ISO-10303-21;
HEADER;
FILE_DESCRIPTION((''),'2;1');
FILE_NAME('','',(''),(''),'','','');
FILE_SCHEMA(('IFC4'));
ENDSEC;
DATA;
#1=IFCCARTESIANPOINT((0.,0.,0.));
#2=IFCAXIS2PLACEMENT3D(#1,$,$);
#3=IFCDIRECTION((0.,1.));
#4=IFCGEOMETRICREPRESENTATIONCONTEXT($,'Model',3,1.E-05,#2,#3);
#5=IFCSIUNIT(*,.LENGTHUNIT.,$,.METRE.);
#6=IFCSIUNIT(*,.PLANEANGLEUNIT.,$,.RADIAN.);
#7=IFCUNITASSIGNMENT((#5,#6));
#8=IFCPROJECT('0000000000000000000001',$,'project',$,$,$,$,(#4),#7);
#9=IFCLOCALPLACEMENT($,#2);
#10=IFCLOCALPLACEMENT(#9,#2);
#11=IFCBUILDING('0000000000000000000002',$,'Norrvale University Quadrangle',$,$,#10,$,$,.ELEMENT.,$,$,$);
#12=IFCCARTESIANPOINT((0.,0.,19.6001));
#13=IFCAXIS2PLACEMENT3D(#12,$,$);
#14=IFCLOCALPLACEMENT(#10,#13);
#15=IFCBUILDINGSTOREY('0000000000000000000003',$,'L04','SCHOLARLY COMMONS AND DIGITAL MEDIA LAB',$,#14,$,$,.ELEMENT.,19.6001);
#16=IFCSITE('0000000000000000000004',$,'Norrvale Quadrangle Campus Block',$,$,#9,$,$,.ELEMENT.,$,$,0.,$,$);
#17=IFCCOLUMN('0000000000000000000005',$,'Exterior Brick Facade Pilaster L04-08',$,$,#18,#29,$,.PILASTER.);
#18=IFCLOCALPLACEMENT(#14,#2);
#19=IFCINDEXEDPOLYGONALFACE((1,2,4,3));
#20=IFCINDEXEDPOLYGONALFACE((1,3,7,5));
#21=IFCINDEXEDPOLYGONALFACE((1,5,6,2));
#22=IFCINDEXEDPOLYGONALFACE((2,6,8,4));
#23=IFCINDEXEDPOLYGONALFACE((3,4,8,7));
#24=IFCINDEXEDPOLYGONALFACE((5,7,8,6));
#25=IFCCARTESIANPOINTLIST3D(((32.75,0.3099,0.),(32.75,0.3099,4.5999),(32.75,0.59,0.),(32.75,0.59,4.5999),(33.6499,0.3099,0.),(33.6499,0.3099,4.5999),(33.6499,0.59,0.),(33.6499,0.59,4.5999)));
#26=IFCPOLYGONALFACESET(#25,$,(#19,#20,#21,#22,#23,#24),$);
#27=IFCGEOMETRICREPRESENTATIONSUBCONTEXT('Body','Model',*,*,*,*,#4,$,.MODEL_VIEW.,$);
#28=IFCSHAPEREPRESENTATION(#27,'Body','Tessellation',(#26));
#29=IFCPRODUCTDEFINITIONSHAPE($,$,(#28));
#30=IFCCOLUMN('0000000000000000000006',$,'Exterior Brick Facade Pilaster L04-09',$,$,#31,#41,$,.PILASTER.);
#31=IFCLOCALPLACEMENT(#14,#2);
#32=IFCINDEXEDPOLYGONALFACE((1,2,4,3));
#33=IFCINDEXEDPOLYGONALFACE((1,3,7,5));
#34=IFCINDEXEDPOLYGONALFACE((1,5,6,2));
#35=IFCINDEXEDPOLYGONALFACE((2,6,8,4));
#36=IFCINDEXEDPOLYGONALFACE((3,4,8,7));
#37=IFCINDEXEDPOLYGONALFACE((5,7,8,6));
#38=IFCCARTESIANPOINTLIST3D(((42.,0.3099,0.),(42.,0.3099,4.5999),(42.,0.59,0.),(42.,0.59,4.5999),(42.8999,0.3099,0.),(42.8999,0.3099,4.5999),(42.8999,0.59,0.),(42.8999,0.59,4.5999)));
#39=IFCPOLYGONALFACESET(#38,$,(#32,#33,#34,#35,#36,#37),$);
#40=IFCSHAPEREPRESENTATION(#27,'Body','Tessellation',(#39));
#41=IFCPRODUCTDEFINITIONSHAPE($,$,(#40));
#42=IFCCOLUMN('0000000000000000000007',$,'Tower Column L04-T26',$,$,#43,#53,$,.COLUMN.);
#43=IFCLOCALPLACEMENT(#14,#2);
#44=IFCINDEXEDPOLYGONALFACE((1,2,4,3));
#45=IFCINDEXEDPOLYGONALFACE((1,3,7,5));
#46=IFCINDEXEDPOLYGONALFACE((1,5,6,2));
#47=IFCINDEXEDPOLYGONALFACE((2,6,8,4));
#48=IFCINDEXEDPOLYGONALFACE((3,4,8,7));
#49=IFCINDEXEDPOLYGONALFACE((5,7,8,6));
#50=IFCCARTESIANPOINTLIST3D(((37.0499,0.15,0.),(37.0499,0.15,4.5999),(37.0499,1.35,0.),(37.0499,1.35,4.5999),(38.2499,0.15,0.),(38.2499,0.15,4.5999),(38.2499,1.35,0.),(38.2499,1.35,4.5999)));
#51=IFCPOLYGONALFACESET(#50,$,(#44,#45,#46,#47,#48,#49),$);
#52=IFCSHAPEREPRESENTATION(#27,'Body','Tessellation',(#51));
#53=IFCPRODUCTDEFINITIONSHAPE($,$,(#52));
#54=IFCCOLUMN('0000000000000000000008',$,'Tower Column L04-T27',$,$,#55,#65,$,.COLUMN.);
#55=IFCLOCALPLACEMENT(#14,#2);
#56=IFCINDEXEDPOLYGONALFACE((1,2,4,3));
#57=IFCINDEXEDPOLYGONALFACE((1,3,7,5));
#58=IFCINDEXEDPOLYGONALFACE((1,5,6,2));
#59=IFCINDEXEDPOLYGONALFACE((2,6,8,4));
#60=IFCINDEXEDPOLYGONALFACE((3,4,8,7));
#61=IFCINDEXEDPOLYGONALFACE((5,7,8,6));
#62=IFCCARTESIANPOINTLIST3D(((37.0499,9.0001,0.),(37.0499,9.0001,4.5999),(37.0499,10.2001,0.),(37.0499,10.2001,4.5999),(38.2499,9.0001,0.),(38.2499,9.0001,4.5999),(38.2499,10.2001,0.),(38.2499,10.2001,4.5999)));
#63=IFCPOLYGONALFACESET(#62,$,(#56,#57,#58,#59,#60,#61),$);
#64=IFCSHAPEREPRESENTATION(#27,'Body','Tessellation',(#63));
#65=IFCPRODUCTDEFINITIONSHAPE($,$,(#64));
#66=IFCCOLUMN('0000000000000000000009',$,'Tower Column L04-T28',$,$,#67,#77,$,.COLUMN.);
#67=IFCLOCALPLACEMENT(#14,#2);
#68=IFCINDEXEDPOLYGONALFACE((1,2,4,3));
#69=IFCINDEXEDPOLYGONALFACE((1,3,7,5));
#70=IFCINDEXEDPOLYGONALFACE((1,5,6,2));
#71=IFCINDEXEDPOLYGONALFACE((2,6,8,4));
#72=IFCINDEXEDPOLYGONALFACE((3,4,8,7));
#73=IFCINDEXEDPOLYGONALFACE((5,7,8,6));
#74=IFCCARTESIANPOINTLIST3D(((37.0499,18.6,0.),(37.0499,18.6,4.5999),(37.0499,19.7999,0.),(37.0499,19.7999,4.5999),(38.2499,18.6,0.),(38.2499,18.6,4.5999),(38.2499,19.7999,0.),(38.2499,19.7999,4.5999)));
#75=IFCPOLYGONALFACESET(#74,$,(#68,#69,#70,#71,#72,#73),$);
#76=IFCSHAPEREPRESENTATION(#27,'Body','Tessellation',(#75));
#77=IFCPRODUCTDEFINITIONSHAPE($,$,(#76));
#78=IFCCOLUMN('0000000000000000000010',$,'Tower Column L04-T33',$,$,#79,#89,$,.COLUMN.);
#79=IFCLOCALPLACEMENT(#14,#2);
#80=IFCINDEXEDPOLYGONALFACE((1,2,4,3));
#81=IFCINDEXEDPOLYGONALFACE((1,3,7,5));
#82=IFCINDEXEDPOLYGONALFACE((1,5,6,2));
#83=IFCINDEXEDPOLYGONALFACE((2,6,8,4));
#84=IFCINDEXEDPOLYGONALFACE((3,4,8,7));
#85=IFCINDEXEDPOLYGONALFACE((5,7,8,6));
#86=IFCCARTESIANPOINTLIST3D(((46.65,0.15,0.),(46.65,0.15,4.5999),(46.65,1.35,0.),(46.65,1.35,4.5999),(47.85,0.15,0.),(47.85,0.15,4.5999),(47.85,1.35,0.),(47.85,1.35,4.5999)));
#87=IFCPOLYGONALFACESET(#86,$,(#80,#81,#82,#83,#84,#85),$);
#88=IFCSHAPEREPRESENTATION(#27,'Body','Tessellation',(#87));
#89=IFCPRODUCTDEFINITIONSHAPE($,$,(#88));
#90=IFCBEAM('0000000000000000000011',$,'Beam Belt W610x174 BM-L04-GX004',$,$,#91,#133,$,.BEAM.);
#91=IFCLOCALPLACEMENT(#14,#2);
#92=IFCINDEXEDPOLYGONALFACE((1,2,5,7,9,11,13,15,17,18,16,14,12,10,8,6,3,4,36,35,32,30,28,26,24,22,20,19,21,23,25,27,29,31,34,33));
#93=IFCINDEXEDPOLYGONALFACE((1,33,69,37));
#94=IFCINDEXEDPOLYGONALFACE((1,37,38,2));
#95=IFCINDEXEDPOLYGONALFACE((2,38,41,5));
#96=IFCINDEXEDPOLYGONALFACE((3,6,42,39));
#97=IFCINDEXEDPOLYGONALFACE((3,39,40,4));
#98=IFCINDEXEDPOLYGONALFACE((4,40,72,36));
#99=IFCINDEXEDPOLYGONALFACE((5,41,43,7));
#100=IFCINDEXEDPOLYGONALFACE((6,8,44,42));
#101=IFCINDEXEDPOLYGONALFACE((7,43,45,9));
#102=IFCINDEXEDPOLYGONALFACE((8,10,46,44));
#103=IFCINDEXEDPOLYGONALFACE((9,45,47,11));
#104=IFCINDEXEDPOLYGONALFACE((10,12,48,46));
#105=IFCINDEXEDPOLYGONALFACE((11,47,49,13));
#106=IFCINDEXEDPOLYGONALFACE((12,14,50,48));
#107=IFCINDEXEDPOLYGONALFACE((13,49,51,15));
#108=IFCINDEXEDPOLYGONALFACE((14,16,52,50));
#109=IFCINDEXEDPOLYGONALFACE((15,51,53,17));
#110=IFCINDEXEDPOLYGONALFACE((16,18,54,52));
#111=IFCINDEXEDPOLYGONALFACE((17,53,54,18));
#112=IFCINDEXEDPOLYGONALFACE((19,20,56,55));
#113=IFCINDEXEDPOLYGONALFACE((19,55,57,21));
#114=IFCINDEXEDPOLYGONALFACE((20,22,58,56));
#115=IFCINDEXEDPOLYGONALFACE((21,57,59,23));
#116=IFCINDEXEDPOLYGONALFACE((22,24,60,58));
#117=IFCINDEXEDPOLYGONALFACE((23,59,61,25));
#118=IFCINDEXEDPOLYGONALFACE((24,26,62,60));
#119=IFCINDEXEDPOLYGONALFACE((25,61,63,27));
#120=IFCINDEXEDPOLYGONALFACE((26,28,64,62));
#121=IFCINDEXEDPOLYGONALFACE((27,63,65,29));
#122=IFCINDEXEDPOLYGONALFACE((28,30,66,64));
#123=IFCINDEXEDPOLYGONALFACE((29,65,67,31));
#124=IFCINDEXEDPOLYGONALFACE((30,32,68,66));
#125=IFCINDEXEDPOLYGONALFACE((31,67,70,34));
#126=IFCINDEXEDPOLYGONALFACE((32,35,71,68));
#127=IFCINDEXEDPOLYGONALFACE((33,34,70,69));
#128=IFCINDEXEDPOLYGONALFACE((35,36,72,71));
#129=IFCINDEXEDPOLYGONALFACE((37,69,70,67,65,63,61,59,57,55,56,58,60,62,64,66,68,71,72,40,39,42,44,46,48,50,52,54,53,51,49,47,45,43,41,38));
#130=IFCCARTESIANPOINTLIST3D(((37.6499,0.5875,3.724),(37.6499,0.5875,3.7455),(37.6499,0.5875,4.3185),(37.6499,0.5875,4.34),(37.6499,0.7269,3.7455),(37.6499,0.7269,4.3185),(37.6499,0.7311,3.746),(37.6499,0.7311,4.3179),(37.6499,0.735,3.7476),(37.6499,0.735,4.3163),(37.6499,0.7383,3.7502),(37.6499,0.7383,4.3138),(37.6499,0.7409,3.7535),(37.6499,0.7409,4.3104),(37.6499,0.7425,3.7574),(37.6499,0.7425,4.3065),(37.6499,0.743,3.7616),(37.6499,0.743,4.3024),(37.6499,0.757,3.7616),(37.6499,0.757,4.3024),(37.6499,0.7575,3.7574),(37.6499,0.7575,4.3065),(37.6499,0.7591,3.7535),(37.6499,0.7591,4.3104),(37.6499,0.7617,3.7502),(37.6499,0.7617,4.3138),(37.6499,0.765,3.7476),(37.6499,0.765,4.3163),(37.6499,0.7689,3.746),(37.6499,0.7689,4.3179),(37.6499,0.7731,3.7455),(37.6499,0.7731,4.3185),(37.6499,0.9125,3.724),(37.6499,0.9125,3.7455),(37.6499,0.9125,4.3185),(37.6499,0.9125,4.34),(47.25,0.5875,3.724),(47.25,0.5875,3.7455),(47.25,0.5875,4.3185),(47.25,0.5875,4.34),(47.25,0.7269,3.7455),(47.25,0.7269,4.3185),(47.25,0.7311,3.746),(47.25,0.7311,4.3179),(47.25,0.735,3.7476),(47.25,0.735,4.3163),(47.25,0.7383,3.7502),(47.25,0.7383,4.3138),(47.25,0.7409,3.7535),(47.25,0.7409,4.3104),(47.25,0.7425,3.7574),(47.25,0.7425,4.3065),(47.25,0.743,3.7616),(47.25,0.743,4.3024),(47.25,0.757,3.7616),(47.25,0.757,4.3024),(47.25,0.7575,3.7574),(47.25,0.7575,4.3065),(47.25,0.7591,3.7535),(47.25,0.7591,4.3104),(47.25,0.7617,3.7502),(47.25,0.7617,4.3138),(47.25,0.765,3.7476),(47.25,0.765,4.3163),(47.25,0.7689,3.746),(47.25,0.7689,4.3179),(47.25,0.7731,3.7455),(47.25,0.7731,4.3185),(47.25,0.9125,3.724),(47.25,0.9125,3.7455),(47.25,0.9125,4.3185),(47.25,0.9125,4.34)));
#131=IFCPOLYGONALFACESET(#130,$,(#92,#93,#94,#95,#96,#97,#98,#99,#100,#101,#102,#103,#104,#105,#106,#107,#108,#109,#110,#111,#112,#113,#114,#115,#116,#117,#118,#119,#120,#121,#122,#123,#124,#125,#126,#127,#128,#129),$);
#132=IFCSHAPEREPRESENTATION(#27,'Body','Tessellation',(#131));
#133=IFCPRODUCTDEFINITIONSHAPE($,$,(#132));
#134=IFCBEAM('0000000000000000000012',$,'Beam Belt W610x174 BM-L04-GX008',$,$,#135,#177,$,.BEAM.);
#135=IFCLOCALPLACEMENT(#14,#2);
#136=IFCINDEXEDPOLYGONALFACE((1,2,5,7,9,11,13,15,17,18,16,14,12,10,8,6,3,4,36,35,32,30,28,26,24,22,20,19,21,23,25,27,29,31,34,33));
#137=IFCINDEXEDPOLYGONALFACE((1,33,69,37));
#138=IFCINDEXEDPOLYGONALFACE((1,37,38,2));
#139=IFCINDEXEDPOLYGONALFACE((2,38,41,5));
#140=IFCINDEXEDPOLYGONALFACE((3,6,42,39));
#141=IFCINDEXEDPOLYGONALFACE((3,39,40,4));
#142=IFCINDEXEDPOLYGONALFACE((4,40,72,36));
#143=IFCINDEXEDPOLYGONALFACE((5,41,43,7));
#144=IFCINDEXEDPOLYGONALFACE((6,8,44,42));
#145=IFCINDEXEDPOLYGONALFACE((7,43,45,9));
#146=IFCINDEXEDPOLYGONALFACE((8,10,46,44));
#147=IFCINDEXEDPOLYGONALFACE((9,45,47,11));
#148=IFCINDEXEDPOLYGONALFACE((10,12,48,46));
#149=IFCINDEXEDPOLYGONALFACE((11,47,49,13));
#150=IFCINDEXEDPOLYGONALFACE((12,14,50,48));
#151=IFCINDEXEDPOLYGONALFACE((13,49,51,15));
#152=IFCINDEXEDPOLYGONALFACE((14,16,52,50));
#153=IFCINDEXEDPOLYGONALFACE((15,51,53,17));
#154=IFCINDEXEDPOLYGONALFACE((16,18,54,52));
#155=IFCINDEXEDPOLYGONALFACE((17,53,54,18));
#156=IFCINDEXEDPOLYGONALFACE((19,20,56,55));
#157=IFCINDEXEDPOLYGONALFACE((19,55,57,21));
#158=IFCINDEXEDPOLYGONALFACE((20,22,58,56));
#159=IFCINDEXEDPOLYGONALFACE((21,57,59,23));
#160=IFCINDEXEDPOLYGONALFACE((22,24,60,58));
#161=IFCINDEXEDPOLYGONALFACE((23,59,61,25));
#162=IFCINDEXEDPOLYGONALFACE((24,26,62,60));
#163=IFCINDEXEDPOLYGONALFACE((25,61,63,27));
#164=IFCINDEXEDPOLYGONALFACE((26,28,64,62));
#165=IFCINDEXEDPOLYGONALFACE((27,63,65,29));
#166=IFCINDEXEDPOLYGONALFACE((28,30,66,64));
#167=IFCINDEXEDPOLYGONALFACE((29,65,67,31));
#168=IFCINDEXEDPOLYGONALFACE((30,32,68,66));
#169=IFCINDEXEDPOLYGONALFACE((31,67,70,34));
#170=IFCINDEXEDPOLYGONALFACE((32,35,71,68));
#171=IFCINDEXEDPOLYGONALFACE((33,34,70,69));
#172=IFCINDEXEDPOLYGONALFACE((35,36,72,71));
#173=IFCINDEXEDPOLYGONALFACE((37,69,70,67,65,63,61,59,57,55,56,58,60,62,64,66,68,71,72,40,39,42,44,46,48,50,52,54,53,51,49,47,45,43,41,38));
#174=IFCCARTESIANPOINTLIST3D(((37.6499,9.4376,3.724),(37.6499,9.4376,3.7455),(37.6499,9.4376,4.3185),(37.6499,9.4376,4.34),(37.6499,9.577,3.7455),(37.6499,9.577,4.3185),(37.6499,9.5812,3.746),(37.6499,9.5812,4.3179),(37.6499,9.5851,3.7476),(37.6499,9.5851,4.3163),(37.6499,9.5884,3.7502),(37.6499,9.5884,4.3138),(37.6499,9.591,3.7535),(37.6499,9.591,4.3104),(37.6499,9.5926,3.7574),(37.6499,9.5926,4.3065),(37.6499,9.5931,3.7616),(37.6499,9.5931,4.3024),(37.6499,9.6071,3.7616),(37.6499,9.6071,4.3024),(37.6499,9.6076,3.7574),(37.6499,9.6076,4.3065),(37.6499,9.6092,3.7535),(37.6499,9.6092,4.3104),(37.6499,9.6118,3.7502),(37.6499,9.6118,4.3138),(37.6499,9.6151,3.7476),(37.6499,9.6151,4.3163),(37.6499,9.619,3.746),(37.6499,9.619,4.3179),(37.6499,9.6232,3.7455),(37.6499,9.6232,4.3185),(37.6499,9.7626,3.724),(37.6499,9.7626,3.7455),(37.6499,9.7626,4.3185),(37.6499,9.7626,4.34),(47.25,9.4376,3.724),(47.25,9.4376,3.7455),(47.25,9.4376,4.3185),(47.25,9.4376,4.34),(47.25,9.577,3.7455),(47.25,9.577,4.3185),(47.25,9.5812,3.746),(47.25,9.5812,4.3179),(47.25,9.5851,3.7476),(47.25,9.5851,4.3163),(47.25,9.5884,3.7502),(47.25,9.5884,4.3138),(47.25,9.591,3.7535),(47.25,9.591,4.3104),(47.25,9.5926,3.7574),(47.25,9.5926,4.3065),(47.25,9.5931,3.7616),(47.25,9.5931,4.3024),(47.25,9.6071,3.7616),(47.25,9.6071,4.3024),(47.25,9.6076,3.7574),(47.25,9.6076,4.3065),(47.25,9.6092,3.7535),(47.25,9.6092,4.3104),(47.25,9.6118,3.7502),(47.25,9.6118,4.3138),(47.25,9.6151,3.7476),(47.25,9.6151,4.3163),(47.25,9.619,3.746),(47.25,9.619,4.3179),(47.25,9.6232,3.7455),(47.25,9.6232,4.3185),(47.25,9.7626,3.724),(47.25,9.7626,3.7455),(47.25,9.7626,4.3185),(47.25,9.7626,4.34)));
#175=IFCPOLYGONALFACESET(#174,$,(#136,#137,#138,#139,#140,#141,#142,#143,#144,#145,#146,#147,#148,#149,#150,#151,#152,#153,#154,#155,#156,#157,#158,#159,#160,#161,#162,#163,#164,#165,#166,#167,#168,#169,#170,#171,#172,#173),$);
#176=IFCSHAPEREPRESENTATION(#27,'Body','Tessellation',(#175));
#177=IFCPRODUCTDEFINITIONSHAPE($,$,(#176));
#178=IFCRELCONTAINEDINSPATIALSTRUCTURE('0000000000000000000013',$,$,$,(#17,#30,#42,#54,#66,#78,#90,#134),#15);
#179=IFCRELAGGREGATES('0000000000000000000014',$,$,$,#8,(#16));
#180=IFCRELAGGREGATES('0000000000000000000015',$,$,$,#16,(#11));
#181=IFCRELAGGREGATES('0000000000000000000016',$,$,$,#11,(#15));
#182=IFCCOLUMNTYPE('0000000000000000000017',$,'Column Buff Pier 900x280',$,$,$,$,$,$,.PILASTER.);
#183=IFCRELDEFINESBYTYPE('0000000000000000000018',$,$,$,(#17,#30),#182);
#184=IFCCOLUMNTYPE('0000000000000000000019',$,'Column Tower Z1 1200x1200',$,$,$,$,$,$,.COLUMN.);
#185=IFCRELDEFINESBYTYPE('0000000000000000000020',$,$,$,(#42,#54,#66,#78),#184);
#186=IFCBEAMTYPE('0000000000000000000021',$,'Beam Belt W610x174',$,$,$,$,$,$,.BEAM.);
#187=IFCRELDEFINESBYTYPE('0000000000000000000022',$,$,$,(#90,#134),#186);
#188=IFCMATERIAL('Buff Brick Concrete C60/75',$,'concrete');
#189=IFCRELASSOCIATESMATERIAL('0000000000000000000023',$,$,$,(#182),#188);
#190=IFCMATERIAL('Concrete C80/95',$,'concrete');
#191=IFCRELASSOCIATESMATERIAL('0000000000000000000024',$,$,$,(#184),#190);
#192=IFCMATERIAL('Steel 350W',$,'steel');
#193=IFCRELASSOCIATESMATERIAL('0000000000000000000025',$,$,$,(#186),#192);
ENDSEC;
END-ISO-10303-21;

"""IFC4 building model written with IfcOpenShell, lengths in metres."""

from ifc_helpers import new_model, si_unit, direction, frame, origin, origin_2d, place, context, subcontext, project, spatial, rectangle, i_section, extrude, material, material_profile, profile_set, type_object, element, save


model = new_model("IFC4")

# Units and contexts
model_context = context("Model", 3, precision=1e-05, world=origin(), true_north=direction((0.0, 1.0)))
body_context = subcontext(model_context, "Body", "Model", "MODEL_VIEW")
ifc_project = project(units=[si_unit("LENGTHUNIT", "METRE"), si_unit("PLANEANGLEUNIT", "RADIAN")], contexts=[model_context])

# Site, building, storey
site_placement = place(None, origin())
site = spatial("IfcSite", under=ifc_project, at=site_placement, Name="Norrvale Quadrangle Campus Block", CompositionType="ELEMENT", RefElevation=0.0)
building_placement = place(site_placement, origin())
building = spatial("IfcBuilding", under=site, at=building_placement, Name="Norrvale University Quadrangle", CompositionType="ELEMENT")
storey_placement = place(building_placement, frame((0.0, 0.0, 19.6001)))
storey = spatial("IfcBuildingStorey", under=building, at=storey_placement, Name="L04", Description="SCHOLARLY COMMONS AND DIGITAL MEDIA LAB", CompositionType="ELEMENT", Elevation=19.6001)

# Columns
ifc_material_1 = material(Name="Buff Brick Concrete C60/75", Category="concrete")
ifc_material_profile_1 = material_profile(ifc_material_1, rectangle(XDim=0.8999, YDim=0.28, at=origin_2d()), Name="Buff Brick Concrete C60/75")
ifc_profile_set_1 = profile_set([ifc_material_profile_1], Name="Buff Brick Concrete C60/75")
column_type_1 = type_object("IfcColumnType", Name="Column Buff Pier 900x280", PredefinedType="PILASTER", material=ifc_profile_set_1)
for number, where, z_axis, x_axis, name in (
    (1, (33.2, 0.45, 0.0), (0.0, 0.0, 1.0), (1.0, 0.0, 0.0), "Exterior Brick Facade Pilaster L04-08"),
    (2, (42.45, 0.45, 0.0), (0.0, 0.0, 1.0), (1.0, 0.0, 0.0), "Exterior Brick Facade Pilaster L04-09"),
):
    element("IfcColumn", number, at=place(storey_placement, frame(where, z_axis=z_axis, x_axis=x_axis)), inside=storey, type_object=column_type_1, Name=name, PredefinedType="PILASTER", context=body_context, shape_type="SweptSolid", body=[
        extrude(rectangle(XDim=0.8999, YDim=0.28, at=origin_2d()), origin(), (0.0, 0.0, 1.0), 4.5999),
    ])
ifc_material_2 = material(Name="Concrete C80/95", Category="concrete")
ifc_material_profile_2 = material_profile(ifc_material_2, rectangle(XDim=1.2, YDim=1.2, at=origin_2d()), Name="Concrete C80/95")
ifc_profile_set_2 = profile_set([ifc_material_profile_2], Name="Concrete C80/95")
column_type_2 = type_object("IfcColumnType", Name="Column Tower Z1 1200x1200", PredefinedType="COLUMN", material=ifc_profile_set_2)
for number, where, z_axis, x_axis, name in (
    (3, (37.6499, 0.75, 0.0), (0.0, 0.0, 1.0), (1.0, 0.0, 0.0), "Tower Column L04-T26"),
    (4, (37.6499, 9.6001, 0.0), (0.0, 0.0, 1.0), (1.0, 0.0, 0.0), "Tower Column L04-T27"),
    (5, (37.6499, 19.2, 0.0), (0.0, 0.0, 1.0), (1.0, 0.0, 0.0), "Tower Column L04-T28"),
    (6, (47.25, 0.75, 0.0), (0.0, 0.0, 1.0), (1.0, 0.0, 0.0), "Tower Column L04-T33"),
):
    element("IfcColumn", number, at=place(storey_placement, frame(where, z_axis=z_axis, x_axis=x_axis)), inside=storey, type_object=column_type_2, Name=name, PredefinedType="COLUMN", context=body_context, shape_type="SweptSolid", body=[
        extrude(rectangle(XDim=1.2, YDim=1.2, at=origin_2d()), origin(), (0.0, 0.0, 1.0), 4.5999),
    ])

# Beams
ifc_material_3 = material(Name="Steel 350W", Category="steel")
ifc_material_profile_3 = material_profile(ifc_material_3, i_section(OverallWidth=0.325, OverallDepth=0.616, WebThickness=0.0139, FlangeThickness=0.0215, FilletRadius=0.0161, at=origin_2d()), Name="Steel 350W")
ifc_profile_set_3 = profile_set([ifc_material_profile_3], Name="Steel 350W")
beam_type_1 = type_object("IfcBeamType", Name="Beam Belt W610x174", PredefinedType="BEAM", material=ifc_profile_set_3)
for number, where, z_axis, x_axis, name in (
    (7, (37.6499, 0.75, 4.032), (1.0, 0.0, 0.0), (0.0, 1.0, 0.0), "Beam Belt W610x174 BM-L04-GX004"),
    (8, (37.6499, 9.6001, 4.032), (1.0, 0.0, 0.0), (0.0, 1.0, 0.0), "Beam Belt W610x174 BM-L04-GX008"),
):
    element("IfcBeam", number, at=place(storey_placement, frame(where, z_axis=z_axis, x_axis=x_axis)), inside=storey, type_object=beam_type_1, Name=name, PredefinedType="BEAM", context=body_context, shape_type="SweptSolid", body=[
        extrude(i_section(OverallWidth=0.325, OverallDepth=0.616, WebThickness=0.0139, FlangeThickness=0.0215, FilletRadius=0.0161, at=origin_2d()), origin(), (0.0, 0.0, 1.0), 9.6001),
    ])

save(model, "model.ifc")
